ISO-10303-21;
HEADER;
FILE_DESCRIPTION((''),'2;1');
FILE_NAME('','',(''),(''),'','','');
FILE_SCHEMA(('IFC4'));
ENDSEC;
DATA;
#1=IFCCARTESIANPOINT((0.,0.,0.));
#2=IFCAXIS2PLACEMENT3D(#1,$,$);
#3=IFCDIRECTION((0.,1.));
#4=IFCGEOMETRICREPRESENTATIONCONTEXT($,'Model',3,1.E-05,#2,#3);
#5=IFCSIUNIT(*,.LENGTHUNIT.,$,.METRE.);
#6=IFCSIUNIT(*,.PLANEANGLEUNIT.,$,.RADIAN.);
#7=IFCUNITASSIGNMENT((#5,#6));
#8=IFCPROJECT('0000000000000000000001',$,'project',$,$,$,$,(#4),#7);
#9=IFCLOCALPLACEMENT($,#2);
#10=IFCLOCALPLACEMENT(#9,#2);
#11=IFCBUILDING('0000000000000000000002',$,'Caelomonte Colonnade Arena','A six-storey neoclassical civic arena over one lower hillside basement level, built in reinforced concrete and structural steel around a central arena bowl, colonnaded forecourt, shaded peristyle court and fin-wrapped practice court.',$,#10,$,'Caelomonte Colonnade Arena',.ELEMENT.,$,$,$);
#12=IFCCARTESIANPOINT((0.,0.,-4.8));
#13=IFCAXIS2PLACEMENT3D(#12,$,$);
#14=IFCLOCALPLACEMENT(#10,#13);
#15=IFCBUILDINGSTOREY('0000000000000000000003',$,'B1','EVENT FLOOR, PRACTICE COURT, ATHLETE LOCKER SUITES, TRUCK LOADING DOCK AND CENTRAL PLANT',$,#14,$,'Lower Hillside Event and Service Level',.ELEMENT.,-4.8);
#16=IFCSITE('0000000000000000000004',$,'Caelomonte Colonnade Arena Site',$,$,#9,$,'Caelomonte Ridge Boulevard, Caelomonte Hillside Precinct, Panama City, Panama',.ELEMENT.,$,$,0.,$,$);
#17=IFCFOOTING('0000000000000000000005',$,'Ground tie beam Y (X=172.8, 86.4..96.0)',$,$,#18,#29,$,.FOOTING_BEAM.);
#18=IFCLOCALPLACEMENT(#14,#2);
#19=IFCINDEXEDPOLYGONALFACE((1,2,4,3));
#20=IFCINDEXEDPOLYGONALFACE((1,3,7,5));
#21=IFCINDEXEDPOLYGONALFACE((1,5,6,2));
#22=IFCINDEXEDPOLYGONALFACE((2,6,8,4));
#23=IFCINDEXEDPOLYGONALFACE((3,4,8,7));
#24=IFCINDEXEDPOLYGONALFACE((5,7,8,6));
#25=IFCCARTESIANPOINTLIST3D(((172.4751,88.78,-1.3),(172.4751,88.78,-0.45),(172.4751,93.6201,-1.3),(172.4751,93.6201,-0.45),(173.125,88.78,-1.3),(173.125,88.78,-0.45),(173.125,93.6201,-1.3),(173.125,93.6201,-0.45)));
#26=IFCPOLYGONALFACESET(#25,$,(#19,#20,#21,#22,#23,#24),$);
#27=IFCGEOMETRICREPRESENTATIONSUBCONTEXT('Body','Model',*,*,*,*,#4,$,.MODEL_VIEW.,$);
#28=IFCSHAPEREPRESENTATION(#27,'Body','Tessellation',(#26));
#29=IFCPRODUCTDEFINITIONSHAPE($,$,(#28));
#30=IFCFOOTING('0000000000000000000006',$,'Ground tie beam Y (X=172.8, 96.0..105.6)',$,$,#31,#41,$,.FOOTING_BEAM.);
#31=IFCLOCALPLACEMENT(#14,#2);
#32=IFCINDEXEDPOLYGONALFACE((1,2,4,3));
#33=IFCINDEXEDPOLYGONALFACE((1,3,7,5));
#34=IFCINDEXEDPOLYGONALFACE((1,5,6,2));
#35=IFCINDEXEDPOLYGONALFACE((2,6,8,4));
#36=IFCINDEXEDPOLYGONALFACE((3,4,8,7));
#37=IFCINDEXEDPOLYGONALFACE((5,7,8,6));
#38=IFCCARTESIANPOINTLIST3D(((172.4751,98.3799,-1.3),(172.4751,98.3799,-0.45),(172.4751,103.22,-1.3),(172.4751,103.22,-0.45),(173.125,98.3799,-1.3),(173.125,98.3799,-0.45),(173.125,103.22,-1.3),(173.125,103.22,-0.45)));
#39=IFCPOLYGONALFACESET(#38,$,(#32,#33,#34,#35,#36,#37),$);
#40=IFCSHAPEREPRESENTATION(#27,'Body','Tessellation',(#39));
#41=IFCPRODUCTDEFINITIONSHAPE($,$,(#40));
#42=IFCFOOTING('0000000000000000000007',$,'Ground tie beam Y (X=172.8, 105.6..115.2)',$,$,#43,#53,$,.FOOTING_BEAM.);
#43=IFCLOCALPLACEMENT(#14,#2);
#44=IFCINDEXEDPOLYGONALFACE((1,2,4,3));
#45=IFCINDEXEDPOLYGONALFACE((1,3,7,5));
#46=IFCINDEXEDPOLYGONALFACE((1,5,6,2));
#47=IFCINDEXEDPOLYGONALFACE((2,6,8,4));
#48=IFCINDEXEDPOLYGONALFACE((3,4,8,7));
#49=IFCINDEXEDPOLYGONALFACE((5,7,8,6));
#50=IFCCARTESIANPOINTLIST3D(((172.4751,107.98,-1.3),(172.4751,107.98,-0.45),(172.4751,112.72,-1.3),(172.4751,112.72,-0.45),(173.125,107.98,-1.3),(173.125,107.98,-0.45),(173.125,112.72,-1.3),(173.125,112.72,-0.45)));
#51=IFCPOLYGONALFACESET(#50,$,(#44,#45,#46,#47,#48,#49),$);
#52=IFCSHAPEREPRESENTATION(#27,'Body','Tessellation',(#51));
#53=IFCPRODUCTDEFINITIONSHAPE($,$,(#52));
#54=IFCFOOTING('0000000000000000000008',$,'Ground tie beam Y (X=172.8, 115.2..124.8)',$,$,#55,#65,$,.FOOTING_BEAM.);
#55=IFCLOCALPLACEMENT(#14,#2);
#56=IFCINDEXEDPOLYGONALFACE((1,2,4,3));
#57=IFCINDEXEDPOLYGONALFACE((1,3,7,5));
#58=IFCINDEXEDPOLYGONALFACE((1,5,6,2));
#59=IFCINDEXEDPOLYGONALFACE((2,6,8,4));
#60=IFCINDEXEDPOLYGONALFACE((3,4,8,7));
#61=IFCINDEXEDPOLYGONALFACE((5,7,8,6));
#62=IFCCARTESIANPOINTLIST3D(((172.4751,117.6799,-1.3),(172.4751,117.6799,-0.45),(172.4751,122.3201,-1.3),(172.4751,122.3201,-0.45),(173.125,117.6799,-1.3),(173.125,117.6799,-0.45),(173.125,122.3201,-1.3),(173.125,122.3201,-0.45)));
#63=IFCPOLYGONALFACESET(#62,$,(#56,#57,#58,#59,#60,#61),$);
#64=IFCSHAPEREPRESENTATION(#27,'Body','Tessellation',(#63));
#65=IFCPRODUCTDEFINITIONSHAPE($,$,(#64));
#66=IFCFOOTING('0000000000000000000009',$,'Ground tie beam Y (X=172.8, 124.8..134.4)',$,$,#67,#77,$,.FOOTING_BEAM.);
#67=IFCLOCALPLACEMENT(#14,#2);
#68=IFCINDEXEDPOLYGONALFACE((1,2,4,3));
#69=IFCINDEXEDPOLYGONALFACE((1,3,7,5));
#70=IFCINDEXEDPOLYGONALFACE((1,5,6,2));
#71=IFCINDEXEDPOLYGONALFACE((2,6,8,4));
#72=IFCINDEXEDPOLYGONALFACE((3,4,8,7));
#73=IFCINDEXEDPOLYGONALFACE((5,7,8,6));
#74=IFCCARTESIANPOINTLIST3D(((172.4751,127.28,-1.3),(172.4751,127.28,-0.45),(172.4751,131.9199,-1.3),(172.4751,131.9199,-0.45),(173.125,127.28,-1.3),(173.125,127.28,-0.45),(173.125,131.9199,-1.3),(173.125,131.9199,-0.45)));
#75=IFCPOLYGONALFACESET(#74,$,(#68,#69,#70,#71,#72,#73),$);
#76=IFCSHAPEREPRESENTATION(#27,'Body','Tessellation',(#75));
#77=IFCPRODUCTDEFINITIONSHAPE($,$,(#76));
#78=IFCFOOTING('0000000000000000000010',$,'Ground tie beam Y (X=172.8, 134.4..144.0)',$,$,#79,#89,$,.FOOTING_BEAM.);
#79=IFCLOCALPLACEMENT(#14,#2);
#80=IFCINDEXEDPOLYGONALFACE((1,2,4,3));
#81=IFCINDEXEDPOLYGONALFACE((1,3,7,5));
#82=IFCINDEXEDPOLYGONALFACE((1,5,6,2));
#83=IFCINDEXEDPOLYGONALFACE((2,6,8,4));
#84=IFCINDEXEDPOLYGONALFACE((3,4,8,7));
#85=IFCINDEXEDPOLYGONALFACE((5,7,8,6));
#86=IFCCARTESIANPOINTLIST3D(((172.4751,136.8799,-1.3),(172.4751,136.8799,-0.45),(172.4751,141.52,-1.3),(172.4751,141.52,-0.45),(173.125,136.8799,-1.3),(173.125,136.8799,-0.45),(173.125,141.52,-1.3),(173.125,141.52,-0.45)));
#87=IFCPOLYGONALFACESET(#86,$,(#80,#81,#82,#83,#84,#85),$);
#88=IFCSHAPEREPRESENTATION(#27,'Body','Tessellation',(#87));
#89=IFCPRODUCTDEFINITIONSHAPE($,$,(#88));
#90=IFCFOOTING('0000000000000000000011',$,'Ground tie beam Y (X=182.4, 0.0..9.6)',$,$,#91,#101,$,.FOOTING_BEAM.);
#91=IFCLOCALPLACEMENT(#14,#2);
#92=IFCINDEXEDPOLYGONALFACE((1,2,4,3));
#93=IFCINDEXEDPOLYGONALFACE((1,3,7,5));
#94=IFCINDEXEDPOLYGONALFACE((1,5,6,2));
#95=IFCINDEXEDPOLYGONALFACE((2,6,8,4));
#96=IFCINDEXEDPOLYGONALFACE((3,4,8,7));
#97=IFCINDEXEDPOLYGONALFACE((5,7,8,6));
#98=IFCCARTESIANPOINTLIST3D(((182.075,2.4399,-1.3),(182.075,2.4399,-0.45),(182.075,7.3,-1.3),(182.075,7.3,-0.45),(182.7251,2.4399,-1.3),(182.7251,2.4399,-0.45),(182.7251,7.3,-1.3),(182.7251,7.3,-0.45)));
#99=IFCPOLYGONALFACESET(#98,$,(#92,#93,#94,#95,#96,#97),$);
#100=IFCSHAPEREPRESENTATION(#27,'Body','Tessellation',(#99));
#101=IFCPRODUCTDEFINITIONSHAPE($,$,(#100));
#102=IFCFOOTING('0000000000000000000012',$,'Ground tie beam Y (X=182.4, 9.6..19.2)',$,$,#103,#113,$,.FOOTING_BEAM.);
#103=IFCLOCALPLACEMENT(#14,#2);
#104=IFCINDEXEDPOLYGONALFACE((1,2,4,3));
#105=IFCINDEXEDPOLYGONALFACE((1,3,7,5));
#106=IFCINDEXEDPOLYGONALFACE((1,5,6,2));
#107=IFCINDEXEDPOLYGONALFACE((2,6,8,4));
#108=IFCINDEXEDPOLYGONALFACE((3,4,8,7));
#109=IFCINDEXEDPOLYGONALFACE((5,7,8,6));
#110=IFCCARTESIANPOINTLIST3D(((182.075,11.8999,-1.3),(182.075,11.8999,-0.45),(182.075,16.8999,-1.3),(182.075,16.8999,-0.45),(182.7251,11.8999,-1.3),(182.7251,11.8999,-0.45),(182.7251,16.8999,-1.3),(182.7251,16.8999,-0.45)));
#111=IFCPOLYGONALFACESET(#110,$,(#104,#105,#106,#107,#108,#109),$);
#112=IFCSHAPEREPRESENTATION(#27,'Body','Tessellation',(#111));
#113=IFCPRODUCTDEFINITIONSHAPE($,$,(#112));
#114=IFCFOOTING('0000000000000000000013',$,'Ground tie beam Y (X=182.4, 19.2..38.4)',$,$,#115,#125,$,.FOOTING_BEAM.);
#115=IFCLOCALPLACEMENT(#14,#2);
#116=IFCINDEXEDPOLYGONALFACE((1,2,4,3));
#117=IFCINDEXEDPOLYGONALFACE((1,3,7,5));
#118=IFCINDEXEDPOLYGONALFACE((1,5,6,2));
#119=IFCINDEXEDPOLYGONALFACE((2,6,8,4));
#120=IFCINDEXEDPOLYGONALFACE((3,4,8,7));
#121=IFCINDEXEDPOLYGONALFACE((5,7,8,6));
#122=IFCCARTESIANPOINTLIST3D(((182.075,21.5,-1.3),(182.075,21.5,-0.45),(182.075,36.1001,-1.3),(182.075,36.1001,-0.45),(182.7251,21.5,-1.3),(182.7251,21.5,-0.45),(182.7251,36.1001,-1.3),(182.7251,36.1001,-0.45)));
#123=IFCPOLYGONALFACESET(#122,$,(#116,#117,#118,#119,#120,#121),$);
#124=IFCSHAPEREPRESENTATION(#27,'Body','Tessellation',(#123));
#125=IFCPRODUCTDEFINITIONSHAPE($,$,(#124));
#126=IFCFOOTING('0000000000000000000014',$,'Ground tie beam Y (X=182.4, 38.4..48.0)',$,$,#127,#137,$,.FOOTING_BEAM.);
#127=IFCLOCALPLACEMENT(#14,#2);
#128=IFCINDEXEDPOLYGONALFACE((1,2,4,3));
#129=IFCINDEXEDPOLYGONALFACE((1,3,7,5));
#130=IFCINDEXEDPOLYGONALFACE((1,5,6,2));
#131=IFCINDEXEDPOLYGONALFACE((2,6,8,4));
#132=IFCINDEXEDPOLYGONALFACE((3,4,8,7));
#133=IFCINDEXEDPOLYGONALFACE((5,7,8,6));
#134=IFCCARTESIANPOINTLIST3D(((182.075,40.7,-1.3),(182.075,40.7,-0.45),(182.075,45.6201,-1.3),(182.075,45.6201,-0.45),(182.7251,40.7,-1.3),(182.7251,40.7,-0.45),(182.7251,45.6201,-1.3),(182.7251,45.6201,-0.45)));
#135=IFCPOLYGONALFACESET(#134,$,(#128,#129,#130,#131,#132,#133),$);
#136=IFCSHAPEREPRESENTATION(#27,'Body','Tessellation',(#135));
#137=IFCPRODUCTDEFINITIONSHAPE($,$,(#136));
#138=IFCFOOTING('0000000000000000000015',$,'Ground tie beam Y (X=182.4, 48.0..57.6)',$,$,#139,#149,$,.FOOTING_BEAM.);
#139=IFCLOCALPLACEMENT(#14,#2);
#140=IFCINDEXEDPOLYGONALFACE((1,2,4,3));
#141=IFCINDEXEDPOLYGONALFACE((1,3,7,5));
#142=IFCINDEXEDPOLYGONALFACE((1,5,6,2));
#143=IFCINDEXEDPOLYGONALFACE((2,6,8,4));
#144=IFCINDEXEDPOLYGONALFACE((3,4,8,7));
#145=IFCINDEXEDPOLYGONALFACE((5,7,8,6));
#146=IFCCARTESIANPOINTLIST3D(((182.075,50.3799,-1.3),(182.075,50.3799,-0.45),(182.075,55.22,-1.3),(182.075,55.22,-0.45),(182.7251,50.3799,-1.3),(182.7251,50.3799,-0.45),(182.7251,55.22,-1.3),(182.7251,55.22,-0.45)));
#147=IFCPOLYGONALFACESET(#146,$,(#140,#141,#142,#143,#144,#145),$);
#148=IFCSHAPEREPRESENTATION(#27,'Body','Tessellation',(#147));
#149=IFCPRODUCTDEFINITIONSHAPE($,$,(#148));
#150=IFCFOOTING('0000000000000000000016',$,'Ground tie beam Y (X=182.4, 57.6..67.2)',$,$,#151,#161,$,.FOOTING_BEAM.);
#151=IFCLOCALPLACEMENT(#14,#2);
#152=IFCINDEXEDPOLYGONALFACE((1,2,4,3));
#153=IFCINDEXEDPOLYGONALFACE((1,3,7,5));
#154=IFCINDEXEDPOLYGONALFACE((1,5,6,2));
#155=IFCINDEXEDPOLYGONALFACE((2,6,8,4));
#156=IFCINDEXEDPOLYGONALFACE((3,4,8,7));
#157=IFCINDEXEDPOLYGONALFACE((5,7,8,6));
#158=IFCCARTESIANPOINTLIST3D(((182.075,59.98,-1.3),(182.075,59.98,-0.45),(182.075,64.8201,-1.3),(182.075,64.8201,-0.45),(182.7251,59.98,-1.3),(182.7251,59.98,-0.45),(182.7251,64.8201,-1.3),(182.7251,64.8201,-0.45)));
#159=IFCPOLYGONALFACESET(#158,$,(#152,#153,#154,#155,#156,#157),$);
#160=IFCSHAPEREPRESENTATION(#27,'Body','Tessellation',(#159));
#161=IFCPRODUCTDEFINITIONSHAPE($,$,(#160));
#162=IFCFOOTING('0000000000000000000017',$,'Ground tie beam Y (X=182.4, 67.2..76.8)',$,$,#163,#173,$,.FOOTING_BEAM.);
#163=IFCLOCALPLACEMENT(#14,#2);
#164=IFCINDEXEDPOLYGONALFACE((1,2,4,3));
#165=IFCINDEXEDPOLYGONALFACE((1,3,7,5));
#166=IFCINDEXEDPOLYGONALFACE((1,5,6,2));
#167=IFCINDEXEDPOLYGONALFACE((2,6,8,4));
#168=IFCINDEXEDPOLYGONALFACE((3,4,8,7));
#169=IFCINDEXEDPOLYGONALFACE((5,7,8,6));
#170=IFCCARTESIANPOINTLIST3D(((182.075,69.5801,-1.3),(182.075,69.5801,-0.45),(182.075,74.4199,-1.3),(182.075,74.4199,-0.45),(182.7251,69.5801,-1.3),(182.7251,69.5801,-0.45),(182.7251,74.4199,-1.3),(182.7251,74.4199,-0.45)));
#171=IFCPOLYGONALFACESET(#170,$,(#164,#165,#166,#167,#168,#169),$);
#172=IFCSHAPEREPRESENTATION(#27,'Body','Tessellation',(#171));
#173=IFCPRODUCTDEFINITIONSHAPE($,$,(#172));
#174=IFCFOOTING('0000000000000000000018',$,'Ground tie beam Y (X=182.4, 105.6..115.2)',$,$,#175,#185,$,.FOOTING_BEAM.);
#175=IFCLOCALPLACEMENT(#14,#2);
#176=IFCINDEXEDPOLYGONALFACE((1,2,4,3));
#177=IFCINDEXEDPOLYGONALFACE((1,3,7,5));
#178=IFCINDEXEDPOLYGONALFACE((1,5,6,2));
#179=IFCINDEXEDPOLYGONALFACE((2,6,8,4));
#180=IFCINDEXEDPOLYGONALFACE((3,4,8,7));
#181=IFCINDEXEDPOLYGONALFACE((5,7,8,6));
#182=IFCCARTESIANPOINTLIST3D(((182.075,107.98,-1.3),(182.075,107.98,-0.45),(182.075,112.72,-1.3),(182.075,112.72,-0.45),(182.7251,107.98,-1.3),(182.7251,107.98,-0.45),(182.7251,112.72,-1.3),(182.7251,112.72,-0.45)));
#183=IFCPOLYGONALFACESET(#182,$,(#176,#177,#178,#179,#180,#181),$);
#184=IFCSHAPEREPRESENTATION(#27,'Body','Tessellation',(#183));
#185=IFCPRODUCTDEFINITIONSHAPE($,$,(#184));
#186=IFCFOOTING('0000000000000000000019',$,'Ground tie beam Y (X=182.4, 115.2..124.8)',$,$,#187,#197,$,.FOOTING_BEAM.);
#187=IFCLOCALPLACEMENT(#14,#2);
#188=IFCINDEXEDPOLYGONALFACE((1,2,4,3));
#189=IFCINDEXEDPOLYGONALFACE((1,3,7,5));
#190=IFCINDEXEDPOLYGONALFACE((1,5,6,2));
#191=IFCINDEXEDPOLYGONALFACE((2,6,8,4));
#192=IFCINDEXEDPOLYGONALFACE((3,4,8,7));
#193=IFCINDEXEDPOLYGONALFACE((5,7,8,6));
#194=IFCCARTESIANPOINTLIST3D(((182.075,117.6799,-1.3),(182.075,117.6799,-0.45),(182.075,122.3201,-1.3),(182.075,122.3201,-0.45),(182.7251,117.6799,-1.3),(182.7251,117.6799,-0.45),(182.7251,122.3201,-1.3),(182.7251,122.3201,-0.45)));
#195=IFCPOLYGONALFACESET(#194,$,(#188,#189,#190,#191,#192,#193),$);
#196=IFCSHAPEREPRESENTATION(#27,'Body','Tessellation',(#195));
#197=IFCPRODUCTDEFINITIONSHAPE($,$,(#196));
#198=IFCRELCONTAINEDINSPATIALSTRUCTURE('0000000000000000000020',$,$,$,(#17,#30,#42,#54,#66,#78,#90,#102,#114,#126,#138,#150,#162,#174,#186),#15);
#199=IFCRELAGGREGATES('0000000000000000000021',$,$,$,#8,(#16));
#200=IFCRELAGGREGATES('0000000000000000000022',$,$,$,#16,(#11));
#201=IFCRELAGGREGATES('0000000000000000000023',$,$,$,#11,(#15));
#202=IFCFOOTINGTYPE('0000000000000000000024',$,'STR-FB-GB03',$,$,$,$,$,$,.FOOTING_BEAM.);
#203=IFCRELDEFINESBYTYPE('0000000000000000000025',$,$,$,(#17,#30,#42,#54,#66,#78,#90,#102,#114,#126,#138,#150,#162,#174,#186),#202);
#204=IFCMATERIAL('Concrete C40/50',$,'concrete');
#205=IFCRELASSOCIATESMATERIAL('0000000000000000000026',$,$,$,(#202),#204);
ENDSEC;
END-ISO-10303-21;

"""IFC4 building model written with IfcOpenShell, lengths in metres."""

from ifc_helpers import new_model, si_unit, direction, frame, origin, place, context, subcontext, project, spatial, polyline, outline, extrude, material, type_object, element, save


model = new_model("IFC4")

# Units and contexts
model_context = context("Model", 3, precision=1e-05, world=origin(), true_north=direction((0.0, 1.0)))
body_context = subcontext(model_context, "Body", "Model", "MODEL_VIEW")
ifc_project = project(units=[si_unit("LENGTHUNIT", "METRE"), si_unit("PLANEANGLEUNIT", "RADIAN")], contexts=[model_context])

# Site, building, storey
site_placement = place(None, origin())
site = spatial("IfcSite", under=ifc_project, at=site_placement, Name="Caelomonte Colonnade Arena Site", LongName="Caelomonte Ridge Boulevard, Caelomonte Hillside Precinct, Panama City, Panama", CompositionType="ELEMENT", RefElevation=0.0)
building_placement = place(site_placement, origin())
building = spatial("IfcBuilding", under=site, at=building_placement, Name="Caelomonte Colonnade Arena", Description="A six-storey neoclassical civic arena over one lower hillside basement level, built in reinforced concrete and structural steel around a central arena bowl, colonnaded forecourt, shaded peristyle court and fin-wrapped practice court.", LongName="Caelomonte Colonnade Arena", CompositionType="ELEMENT")
storey_placement = place(building_placement, frame((0.0, 0.0, -4.8)))
storey = spatial("IfcBuildingStorey", under=building, at=storey_placement, Name="B1", Description="EVENT FLOOR, PRACTICE COURT, ATHLETE LOCKER SUITES, TRUCK LOADING DOCK AND CENTRAL PLANT", LongName="Lower Hillside Event and Service Level", CompositionType="ELEMENT", Elevation=-4.8)

# Footings
ifc_material = material(Name="Concrete C40/50", Category="concrete")
footing_type = type_object("IfcFootingType", Name="STR-FB-GB03", PredefinedType="FOOTING_BEAM", material=ifc_material)
footing_1_placement = place(storey_placement, frame((0.0, 0.0, -1.3)))
element("IfcFooting", 1, at=footing_1_placement, inside=storey, type_object=footing_type, Name="Ground tie beam Y (X=172.8, 86.4..96.0)", PredefinedType="FOOTING_BEAM", context=body_context, shape_type="SweptSolid", body=[
    extrude(outline(polyline([(172.4751, 88.78), (173.125, 88.78), (173.125, 93.6201), (172.4751, 93.6201), (172.4751, 88.78)])), origin(), (0.0, 0.0, 1.0), 0.8501),
])
footing_2_placement = place(storey_placement, frame((0.0, 0.0, -1.3)))
element("IfcFooting", 2, at=footing_2_placement, inside=storey, type_object=footing_type, Name="Ground tie beam Y (X=172.8, 96.0..105.6)", PredefinedType="FOOTING_BEAM", context=body_context, shape_type="SweptSolid", body=[
    extrude(outline(polyline([(172.4751, 98.3799), (173.125, 98.3799), (173.125, 103.22), (172.4751, 103.22), (172.4751, 98.3799)])), origin(), (0.0, 0.0, 1.0), 0.8501),
])
footing_3_placement = place(storey_placement, frame((0.0, 0.0, -1.3)))
element("IfcFooting", 3, at=footing_3_placement, inside=storey, type_object=footing_type, Name="Ground tie beam Y (X=172.8, 105.6..115.2)", PredefinedType="FOOTING_BEAM", context=body_context, shape_type="SweptSolid", body=[
    extrude(outline(polyline([(172.4751, 107.98), (173.125, 107.98), (173.125, 112.72), (172.4751, 112.72), (172.4751, 107.98)])), origin(), (0.0, 0.0, 1.0), 0.8501),
])
footing_4_placement = place(storey_placement, frame((0.0, 0.0, -1.3)))
element("IfcFooting", 4, at=footing_4_placement, inside=storey, type_object=footing_type, Name="Ground tie beam Y (X=172.8, 115.2..124.8)", PredefinedType="FOOTING_BEAM", context=body_context, shape_type="SweptSolid", body=[
    extrude(outline(polyline([(172.4751, 117.6799), (173.125, 117.6799), (173.125, 122.3201), (172.4751, 122.3201), (172.4751, 117.6799)])), origin(), (0.0, 0.0, 1.0), 0.8501),
])
footing_5_placement = place(storey_placement, frame((0.0, 0.0, -1.3)))
element("IfcFooting", 5, at=footing_5_placement, inside=storey, type_object=footing_type, Name="Ground tie beam Y (X=172.8, 124.8..134.4)", PredefinedType="FOOTING_BEAM", context=body_context, shape_type="SweptSolid", body=[
    extrude(outline(polyline([(172.4751, 127.28), (173.125, 127.28), (173.125, 131.9199), (172.4751, 131.9199), (172.4751, 127.28)])), origin(), (0.0, 0.0, 1.0), 0.8501),
])
footing_6_placement = place(storey_placement, frame((0.0, 0.0, -1.3)))
element("IfcFooting", 6, at=footing_6_placement, inside=storey, type_object=footing_type, Name="Ground tie beam Y (X=172.8, 134.4..144.0)", PredefinedType="FOOTING_BEAM", context=body_context, shape_type="SweptSolid", body=[
    extrude(outline(polyline([(172.4751, 136.8799), (173.125, 136.8799), (173.125, 141.52), (172.4751, 141.52), (172.4751, 136.8799)])), origin(), (0.0, 0.0, 1.0), 0.8501),
])
footing_7_placement = place(storey_placement, frame((0.0, 0.0, -1.3)))
element("IfcFooting", 7, at=footing_7_placement, inside=storey, type_object=footing_type, Name="Ground tie beam Y (X=182.4, 0.0..9.6)", PredefinedType="FOOTING_BEAM", context=body_context, shape_type="SweptSolid", body=[
    extrude(outline(polyline([(182.075, 2.4399), (182.7251, 2.4399), (182.7251, 7.3), (182.075, 7.3), (182.075, 2.4399)])), origin(), (0.0, 0.0, 1.0), 0.8501),
])
footing_8_placement = place(storey_placement, frame((0.0, 0.0, -1.3)))
element("IfcFooting", 8, at=footing_8_placement, inside=storey, type_object=footing_type, Name="Ground tie beam Y (X=182.4, 9.6..19.2)", PredefinedType="FOOTING_BEAM", context=body_context, shape_type="SweptSolid", body=[
    extrude(outline(polyline([(182.075, 11.8999), (182.7251, 11.8999), (182.7251, 16.8999), (182.075, 16.8999), (182.075, 11.8999)])), origin(), (0.0, 0.0, 1.0), 0.8501),
])
footing_9_placement = place(storey_placement, frame((0.0, 0.0, -1.3)))
element("IfcFooting", 9, at=footing_9_placement, inside=storey, type_object=footing_type, Name="Ground tie beam Y (X=182.4, 19.2..38.4)", PredefinedType="FOOTING_BEAM", context=body_context, shape_type="SweptSolid", body=[
    extrude(outline(polyline([(182.075, 21.5), (182.7251, 21.5), (182.7251, 36.1001), (182.075, 36.1001), (182.075, 21.5)])), origin(), (0.0, 0.0, 1.0), 0.8501),
])
footing_10_placement = place(storey_placement, frame((0.0, 0.0, -1.3)))
element("IfcFooting", 10, at=footing_10_placement, inside=storey, type_object=footing_type, Name="Ground tie beam Y (X=182.4, 38.4..48.0)", PredefinedType="FOOTING_BEAM", context=body_context, shape_type="SweptSolid", body=[
    extrude(outline(polyline([(182.075, 40.7), (182.7251, 40.7), (182.7251, 45.6201), (182.075, 45.6201), (182.075, 40.7)])), origin(), (0.0, 0.0, 1.0), 0.8501),
])
footing_11_placement = place(storey_placement, frame((0.0, 0.0, -1.3)))
element("IfcFooting", 11, at=footing_11_placement, inside=storey, type_object=footing_type, Name="Ground tie beam Y (X=182.4, 48.0..57.6)", PredefinedType="FOOTING_BEAM", context=body_context, shape_type="SweptSolid", body=[
    extrude(outline(polyline([(182.075, 50.3799), (182.7251, 50.3799), (182.7251, 55.22), (182.075, 55.22), (182.075, 50.3799)])), origin(), (0.0, 0.0, 1.0), 0.8501),
])
footing_12_placement = place(storey_placement, frame((0.0, 0.0, -1.3)))
element("IfcFooting", 12, at=footing_12_placement, inside=storey, type_object=footing_type, Name="Ground tie beam Y (X=182.4, 57.6..67.2)", PredefinedType="FOOTING_BEAM", context=body_context, shape_type="SweptSolid", body=[
    extrude(outline(polyline([(182.075, 59.98), (182.7251, 59.98), (182.7251, 64.8201), (182.075, 64.8201), (182.075, 59.98)])), origin(), (0.0, 0.0, 1.0), 0.8501),
])
footing_13_placement = place(storey_placement, frame((0.0, 0.0, -1.3)))
element("IfcFooting", 13, at=footing_13_placement, inside=storey, type_object=footing_type, Name="Ground tie beam Y (X=182.4, 67.2..76.8)", PredefinedType="FOOTING_BEAM", context=body_context, shape_type="SweptSolid", body=[
    extrude(outline(polyline([(182.075, 69.5801), (182.7251, 69.5801), (182.7251, 74.4199), (182.075, 74.4199), (182.075, 69.5801)])), origin(), (0.0, 0.0, 1.0), 0.8501),
])
footing_14_placement = place(storey_placement, frame((0.0, 0.0, -1.3)))
element("IfcFooting", 14, at=footing_14_placement, inside=storey, type_object=footing_type, Name="Ground tie beam Y (X=182.4, 105.6..115.2)", PredefinedType="FOOTING_BEAM", context=body_context, shape_type="SweptSolid", body=[
    extrude(outline(polyline([(182.075, 107.98), (182.7251, 107.98), (182.7251, 112.72), (182.075, 112.72), (182.075, 107.98)])), origin(), (0.0, 0.0, 1.0), 0.8501),
])
footing_15_placement = place(storey_placement, frame((0.0, 0.0, -1.3)))
element("IfcFooting", 15, at=footing_15_placement, inside=storey, type_object=footing_type, Name="Ground tie beam Y (X=182.4, 115.2..124.8)", PredefinedType="FOOTING_BEAM", context=body_context, shape_type="SweptSolid", body=[
    extrude(outline(polyline([(182.075, 117.6799), (182.7251, 117.6799), (182.7251, 122.3201), (182.075, 122.3201), (182.075, 117.6799)])), origin(), (0.0, 0.0, 1.0), 0.8501),
])

save(model, "model.ifc")
